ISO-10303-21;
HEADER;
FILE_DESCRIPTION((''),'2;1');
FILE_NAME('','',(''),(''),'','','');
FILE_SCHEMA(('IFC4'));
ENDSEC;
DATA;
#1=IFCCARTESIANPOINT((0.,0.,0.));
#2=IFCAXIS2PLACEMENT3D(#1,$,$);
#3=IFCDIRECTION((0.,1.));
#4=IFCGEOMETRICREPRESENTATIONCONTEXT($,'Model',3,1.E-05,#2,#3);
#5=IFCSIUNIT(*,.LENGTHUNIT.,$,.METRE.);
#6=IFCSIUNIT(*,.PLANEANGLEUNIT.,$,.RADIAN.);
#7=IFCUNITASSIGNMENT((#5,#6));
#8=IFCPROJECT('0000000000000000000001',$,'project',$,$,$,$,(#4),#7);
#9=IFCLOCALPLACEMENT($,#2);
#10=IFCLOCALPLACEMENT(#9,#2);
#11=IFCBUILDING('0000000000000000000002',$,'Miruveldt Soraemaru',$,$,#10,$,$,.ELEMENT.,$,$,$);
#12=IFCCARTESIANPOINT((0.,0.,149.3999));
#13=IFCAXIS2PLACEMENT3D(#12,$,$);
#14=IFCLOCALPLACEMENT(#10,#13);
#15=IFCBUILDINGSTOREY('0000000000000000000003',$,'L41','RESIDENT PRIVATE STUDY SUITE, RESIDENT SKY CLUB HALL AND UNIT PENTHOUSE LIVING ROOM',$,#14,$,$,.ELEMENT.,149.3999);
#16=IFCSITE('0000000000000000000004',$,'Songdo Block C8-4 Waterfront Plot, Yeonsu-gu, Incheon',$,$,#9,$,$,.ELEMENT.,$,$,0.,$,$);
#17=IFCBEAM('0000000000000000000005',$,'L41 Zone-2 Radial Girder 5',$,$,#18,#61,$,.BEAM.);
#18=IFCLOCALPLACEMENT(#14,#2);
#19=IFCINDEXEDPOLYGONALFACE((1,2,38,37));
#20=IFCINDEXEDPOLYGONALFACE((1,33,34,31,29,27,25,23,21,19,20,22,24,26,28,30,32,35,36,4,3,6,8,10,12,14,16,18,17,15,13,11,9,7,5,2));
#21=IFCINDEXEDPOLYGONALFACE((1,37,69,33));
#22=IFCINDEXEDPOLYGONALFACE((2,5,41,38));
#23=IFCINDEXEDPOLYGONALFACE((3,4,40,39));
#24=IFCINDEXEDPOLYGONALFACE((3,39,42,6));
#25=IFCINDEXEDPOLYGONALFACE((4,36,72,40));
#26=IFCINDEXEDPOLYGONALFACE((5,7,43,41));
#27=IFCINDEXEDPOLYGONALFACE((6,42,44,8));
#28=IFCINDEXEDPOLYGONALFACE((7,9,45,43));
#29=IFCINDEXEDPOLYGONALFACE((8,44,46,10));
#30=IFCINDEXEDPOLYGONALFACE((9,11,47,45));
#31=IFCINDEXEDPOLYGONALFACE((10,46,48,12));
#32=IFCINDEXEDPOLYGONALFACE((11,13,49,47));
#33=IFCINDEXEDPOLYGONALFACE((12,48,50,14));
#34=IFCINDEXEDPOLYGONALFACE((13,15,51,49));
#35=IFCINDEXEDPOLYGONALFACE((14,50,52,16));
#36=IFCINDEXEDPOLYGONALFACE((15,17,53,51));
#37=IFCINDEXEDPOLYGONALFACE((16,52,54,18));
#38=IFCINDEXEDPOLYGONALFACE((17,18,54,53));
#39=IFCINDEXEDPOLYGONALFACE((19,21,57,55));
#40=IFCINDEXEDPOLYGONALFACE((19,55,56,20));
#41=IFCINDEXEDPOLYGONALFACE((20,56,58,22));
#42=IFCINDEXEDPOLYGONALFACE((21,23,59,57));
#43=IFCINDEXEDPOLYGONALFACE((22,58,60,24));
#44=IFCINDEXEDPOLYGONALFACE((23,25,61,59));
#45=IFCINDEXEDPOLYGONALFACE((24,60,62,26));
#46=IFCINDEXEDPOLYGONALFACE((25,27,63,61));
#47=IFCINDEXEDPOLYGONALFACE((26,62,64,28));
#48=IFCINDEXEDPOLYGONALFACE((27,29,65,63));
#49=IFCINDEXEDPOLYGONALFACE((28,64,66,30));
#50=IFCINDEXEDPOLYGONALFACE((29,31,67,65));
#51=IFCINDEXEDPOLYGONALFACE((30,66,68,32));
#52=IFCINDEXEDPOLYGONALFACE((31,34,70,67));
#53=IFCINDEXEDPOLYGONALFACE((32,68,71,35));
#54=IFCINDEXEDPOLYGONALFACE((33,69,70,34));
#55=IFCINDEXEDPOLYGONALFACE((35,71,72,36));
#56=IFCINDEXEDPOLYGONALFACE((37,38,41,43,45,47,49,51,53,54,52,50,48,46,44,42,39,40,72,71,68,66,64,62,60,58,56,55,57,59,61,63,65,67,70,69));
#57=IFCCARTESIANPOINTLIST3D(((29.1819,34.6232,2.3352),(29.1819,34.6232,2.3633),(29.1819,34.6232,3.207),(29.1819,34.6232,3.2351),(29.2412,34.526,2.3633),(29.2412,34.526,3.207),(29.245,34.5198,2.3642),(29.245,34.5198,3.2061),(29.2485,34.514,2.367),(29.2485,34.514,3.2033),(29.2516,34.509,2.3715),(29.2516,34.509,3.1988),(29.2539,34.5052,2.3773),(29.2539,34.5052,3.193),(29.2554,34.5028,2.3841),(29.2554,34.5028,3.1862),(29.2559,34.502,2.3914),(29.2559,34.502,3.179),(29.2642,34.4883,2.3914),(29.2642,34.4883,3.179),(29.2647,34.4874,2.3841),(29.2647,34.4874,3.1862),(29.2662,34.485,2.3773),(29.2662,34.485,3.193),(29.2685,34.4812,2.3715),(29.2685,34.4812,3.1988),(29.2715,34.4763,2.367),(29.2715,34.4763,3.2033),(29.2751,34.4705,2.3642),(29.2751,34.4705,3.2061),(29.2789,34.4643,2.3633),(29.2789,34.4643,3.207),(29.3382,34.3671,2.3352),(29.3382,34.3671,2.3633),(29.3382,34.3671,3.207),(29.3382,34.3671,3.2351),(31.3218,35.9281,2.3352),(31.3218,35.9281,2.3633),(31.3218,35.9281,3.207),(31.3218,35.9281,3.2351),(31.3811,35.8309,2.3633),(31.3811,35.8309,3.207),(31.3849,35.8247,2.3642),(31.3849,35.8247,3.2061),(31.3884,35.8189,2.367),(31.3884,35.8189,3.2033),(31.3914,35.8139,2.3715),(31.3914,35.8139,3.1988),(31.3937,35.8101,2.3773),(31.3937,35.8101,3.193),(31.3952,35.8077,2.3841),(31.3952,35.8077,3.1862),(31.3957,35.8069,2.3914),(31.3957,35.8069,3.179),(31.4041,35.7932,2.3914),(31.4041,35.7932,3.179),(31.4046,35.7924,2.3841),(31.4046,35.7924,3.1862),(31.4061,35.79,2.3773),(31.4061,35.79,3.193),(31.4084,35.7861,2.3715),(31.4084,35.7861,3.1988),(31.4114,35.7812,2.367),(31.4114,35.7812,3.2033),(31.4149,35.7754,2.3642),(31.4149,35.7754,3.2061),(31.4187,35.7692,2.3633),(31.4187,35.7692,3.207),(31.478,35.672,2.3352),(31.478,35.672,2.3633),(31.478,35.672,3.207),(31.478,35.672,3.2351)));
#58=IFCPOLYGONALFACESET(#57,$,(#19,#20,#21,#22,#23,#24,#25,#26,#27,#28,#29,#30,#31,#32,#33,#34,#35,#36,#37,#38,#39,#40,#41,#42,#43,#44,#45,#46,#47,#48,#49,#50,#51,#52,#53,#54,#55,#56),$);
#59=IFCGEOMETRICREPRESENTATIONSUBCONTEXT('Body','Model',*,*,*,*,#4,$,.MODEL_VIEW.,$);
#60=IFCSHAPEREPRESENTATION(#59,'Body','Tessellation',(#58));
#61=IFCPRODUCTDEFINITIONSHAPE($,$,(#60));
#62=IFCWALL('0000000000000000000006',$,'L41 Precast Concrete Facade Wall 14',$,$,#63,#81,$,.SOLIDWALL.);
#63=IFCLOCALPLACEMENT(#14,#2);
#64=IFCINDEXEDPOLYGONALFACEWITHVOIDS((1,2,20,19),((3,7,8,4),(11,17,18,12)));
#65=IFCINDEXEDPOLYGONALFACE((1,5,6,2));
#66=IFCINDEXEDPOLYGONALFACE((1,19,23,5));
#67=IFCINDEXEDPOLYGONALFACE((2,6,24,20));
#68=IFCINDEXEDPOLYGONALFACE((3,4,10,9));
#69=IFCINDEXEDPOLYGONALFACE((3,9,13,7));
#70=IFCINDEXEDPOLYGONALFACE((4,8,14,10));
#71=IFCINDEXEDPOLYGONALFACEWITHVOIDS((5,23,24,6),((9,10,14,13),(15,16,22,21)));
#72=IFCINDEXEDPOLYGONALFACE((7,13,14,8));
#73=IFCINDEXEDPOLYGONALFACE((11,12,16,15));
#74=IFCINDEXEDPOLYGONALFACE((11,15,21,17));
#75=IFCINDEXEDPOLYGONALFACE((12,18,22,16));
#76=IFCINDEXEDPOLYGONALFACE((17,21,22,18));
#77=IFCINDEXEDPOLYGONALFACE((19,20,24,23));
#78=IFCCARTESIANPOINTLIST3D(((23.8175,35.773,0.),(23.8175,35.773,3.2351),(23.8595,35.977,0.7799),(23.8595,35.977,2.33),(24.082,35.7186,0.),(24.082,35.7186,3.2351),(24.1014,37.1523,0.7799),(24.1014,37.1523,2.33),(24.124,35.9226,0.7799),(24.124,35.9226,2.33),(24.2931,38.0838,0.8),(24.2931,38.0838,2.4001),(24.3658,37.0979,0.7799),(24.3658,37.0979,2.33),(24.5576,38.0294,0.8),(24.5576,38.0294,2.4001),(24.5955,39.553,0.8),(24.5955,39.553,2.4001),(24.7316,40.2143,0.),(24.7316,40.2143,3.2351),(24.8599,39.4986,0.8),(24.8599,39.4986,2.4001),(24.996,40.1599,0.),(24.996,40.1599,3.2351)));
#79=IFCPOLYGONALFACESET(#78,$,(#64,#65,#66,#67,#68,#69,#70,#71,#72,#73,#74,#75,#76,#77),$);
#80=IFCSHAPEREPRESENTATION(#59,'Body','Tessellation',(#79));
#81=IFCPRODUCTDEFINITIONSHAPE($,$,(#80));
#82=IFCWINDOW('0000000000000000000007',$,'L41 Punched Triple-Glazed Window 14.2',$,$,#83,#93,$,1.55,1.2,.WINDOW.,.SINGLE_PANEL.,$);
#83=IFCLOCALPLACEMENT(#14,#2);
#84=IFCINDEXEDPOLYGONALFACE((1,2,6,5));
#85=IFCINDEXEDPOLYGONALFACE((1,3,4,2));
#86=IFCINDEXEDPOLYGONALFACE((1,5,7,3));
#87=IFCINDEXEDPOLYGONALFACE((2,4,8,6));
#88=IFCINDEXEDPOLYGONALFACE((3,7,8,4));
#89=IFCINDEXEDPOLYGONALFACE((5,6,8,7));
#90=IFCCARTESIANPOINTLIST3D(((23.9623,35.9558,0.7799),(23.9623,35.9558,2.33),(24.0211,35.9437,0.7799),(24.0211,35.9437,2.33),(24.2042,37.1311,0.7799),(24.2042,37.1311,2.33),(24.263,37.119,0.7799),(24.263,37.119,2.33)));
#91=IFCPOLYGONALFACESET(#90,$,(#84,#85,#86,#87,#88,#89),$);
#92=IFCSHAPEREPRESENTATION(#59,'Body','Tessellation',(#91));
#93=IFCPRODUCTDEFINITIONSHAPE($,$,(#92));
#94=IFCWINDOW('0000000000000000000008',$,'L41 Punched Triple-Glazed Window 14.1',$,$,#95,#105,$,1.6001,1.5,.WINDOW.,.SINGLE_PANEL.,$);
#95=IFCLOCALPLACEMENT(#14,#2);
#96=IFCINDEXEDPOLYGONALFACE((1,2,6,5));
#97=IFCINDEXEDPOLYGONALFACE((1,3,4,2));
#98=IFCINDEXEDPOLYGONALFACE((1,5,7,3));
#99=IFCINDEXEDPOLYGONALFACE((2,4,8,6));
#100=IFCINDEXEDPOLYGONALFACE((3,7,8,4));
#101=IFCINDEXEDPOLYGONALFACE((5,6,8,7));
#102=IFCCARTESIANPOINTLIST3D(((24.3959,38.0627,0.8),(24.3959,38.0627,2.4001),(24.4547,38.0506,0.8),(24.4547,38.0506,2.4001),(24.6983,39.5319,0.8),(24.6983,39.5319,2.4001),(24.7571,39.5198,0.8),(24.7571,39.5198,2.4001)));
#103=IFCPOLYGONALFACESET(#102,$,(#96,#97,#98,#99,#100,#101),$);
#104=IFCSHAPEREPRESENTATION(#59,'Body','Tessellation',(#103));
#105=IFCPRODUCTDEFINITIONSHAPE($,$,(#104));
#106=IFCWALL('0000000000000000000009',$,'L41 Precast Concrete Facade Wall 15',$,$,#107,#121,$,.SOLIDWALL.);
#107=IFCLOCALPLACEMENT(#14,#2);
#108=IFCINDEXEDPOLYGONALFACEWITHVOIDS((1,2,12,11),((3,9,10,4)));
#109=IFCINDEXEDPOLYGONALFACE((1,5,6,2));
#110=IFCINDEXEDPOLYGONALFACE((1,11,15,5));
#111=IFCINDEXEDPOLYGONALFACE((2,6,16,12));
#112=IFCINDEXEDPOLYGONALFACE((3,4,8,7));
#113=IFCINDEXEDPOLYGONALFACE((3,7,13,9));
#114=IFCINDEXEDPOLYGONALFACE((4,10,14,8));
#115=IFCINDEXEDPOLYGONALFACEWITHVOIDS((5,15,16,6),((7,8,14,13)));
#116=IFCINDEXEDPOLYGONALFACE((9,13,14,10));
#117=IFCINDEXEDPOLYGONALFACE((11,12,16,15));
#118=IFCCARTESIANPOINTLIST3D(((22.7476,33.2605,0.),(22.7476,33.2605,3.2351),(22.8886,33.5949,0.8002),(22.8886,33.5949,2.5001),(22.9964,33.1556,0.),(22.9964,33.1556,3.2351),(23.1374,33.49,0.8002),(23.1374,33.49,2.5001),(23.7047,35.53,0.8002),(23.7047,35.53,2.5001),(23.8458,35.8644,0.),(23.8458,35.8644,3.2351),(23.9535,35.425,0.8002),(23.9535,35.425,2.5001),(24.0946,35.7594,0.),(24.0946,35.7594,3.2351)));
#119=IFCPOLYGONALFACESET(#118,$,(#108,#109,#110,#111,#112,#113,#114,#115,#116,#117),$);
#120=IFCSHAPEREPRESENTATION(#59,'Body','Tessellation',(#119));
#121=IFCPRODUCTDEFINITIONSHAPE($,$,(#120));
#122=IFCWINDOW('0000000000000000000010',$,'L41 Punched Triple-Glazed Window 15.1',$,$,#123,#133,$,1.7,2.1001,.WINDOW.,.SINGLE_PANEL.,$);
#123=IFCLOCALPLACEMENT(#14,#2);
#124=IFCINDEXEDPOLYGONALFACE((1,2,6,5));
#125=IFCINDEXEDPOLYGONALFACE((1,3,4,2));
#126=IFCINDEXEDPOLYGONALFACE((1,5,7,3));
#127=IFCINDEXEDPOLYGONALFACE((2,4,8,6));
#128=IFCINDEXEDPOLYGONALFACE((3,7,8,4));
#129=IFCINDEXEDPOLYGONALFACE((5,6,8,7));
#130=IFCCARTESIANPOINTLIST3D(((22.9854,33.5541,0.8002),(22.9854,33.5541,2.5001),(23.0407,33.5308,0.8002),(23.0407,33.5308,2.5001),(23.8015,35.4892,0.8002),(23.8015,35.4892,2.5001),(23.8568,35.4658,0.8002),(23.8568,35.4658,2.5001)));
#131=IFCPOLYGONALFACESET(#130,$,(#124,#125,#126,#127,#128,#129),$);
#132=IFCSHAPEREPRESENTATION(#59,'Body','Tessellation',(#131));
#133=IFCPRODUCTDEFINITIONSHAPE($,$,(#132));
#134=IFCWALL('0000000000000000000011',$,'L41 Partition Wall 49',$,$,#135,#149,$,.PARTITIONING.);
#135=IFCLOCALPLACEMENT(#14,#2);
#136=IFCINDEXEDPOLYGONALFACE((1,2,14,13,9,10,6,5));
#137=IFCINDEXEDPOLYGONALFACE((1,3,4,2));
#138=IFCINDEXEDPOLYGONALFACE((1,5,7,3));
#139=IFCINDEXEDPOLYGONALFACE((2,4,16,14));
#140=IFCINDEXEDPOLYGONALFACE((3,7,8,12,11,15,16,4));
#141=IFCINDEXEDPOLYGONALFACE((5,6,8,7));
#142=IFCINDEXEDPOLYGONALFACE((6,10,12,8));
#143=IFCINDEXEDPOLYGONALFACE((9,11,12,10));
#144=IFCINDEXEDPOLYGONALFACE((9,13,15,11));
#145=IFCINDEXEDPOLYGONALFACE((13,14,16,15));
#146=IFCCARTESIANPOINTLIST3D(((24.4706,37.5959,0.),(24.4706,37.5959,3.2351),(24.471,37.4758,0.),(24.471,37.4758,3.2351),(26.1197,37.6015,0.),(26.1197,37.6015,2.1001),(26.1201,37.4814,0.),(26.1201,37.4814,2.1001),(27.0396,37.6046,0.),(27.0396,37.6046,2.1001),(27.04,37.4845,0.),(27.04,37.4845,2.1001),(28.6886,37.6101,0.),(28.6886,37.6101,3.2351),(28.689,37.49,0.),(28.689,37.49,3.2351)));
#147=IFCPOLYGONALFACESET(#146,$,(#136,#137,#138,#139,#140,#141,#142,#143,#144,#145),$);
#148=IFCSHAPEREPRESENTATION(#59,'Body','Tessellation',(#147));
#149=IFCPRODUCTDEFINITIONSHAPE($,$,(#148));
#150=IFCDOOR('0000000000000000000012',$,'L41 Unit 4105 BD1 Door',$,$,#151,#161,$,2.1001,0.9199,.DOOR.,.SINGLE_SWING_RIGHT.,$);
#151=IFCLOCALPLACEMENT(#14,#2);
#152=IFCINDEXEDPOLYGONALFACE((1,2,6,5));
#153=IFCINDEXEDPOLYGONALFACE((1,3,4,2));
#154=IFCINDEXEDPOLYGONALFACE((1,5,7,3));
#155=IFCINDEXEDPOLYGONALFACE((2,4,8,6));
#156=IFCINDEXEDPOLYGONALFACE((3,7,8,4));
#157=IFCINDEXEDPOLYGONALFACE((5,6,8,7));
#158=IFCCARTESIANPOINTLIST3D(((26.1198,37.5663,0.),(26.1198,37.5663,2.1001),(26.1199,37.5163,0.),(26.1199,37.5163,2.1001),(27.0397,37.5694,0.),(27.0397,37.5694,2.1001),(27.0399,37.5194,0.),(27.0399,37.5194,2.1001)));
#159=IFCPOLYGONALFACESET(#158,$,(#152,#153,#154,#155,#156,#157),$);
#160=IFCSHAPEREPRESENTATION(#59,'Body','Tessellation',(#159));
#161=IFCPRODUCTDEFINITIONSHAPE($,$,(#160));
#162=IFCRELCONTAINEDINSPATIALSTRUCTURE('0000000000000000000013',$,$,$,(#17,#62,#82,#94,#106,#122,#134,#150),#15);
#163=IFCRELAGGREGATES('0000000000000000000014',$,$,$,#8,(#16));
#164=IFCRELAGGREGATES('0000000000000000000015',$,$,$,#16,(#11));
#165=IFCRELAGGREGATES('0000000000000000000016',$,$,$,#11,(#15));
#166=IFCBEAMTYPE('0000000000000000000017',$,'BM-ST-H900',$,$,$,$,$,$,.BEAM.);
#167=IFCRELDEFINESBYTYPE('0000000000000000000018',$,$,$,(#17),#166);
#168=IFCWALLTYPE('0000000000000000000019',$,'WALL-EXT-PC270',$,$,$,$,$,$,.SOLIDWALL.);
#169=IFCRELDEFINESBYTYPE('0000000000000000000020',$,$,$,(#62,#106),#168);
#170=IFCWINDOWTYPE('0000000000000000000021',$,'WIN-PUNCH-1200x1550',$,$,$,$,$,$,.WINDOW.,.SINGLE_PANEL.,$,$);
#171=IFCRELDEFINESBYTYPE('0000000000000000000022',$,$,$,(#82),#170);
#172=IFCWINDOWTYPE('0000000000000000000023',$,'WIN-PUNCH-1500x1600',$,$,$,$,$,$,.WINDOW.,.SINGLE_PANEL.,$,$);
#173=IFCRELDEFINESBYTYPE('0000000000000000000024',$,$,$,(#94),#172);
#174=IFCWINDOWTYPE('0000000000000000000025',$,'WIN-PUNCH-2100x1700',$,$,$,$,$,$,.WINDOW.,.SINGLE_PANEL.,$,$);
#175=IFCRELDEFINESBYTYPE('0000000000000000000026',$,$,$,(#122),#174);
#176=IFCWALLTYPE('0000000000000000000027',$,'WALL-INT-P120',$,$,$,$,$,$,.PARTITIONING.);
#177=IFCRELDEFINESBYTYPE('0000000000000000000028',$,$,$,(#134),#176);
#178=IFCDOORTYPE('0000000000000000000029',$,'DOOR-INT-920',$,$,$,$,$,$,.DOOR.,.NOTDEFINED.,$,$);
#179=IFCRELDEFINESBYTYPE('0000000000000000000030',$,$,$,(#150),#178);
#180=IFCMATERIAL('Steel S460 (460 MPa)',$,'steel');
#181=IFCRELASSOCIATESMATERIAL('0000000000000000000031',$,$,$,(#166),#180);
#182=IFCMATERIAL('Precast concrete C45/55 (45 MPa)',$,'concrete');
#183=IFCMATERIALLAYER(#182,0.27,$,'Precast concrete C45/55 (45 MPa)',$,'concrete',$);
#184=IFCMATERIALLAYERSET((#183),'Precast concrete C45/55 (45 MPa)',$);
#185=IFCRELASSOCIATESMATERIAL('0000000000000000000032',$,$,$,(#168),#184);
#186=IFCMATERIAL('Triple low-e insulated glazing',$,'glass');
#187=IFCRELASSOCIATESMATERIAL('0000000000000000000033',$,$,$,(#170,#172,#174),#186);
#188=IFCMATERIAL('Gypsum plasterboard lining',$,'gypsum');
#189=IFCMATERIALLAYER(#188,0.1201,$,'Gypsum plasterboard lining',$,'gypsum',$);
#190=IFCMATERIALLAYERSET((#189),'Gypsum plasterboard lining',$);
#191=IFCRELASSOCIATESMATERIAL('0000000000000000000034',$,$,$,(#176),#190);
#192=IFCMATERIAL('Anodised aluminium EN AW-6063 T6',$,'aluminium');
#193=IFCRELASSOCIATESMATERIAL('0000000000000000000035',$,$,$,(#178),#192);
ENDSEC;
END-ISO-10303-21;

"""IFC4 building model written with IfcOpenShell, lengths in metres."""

from ifc_helpers import new_model, si_unit, direction, frame, frame_2d, origin, origin_2d, place, context, subcontext, project, spatial, rectangle, i_section, extrude, material, layer, layer_set, material_profile, profile_set, type_object, element, fill, save


model = new_model("IFC4")

# Units and contexts
model_context = context("Model", 3, precision=1e-05, world=origin(), true_north=direction((0.0, 1.0)))
body_context = subcontext(model_context, "Body", "Model", "MODEL_VIEW")
ifc_project = project(units=[si_unit("LENGTHUNIT", "METRE"), si_unit("PLANEANGLEUNIT", "RADIAN")], contexts=[model_context])

# Site, building, storey
site_placement = place(None, origin())
site = spatial("IfcSite", under=ifc_project, at=site_placement, Name="Songdo Block C8-4 Waterfront Plot, Yeonsu-gu, Incheon", CompositionType="ELEMENT", RefElevation=0.0)
building_placement = place(site_placement, origin())
building = spatial("IfcBuilding", under=site, at=building_placement, Name="Miruveldt Soraemaru", CompositionType="ELEMENT")
storey_placement = place(building_placement, frame((0.0, 0.0, 149.3999)))
storey = spatial("IfcBuildingStorey", under=building, at=storey_placement, Name="L41", Description="RESIDENT PRIVATE STUDY SUITE, RESIDENT SKY CLUB HALL AND UNIT PENTHOUSE LIVING ROOM", CompositionType="ELEMENT", Elevation=149.3999)

# Beam
ifc_material_1 = material(Name="Steel S460 (460 MPa)", Category="steel")
ifc_material_profile_1 = material_profile(ifc_material_1, i_section(OverallWidth=0.3, OverallDepth=0.8999, WebThickness=0.0161, FlangeThickness=0.0281, FilletRadius=0.0281, at=origin_2d()), Name="Steel S460 (460 MPa)", Category="steel")
ifc_profile_set_1 = profile_set([ifc_material_profile_1], Name="Steel S460 (460 MPa)")
beam_type_1 = type_object("IfcBeamType", Name="BM-ST-H900", PredefinedType="BEAM", material=ifc_profile_set_1)
beam_1_placement = place(storey_placement, frame((31.3999, 35.8, 2.7852), z_axis=(-0.853775, -0.520642, 0.0), x_axis=(0.520642, -0.853775, 0.0)))
element("IfcBeam", 1, at=beam_1_placement, inside=storey, type_object=beam_type_1, Name="L41 Zone-2 Radial Girder 5", PredefinedType="BEAM", context=body_context, shape_type="SweptSolid", body=[
    extrude(i_section(OverallWidth=0.3, OverallDepth=0.8999, WebThickness=0.0161, FlangeThickness=0.0281, FilletRadius=0.0281, at=origin_2d()), origin(), (0.0, 0.0, 1.0), 2.5063),
])

# Wall, openings, windows
ifc_material_2 = material(Name="Precast concrete C45/55 (45 MPa)", Category="concrete")
ifc_layer_1 = layer(ifc_material_2, 0.27, Name="Precast concrete C45/55 (45 MPa)", Category="concrete")
ifc_layer_set_1 = layer_set([ifc_layer_1], Name="Precast concrete C45/55 (45 MPa)")
wall_type_1 = type_object("IfcWallType", Name="WALL-EXT-PC270", PredefinedType="SOLIDWALL", material=ifc_layer_set_1)
wall_1_placement = place(storey_placement, frame((24.8638, 40.187, 0.0), z_axis=(0.0, 0.0, 1.0), x_axis=(-0.20158, -0.979472, 0.0)))
wall_1 = element("IfcWall", 2, at=wall_1_placement, inside=storey, type_object=wall_type_1, Name="L41 Precast Concrete Facade Wall 14", PredefinedType="SOLIDWALL", context=body_context, shape_type="SweptSolid", body=[
    extrude(rectangle(XDim=4.5344, YDim=0.27, at=frame_2d((2.2671, 0.0))), origin(), (0.0, 0.0, 1.0), 3.2351),
])
opening_1_placement = place(wall_1_placement, frame((0.675, 0.0, 0.8)))
opening_1 = element("IfcOpeningElement", 3, at=opening_1_placement, cuts=wall_1, PredefinedType="OPENING", context=body_context, shape_type="SweptSolid", body=[
    extrude(rectangle(XDim=1.5, YDim=1.6001, at=frame_2d((0.75, 0.8))), frame((0.0, 0.145, 0.0), z_axis=(0.0, -1.0, 0.0), x_axis=(1.0, 0.0, 0.0)), (0.0, 0.0, 1.0), 0.29),
])
opening_2_placement = place(wall_1_placement, frame((3.126, 0.0, 0.78)))
opening_2 = element("IfcOpeningElement", 4, at=opening_2_placement, cuts=wall_1, PredefinedType="OPENING", context=body_context, shape_type="SweptSolid", body=[
    extrude(rectangle(XDim=1.2, YDim=1.55, at=frame_2d((0.6001, 0.7749))), frame((0.0, 0.145, 0.0), z_axis=(0.0, -1.0, 0.0), x_axis=(1.0, 0.0, 0.0)), (0.0, 0.0, 1.0), 0.29),
])
ifc_material_3 = material(Name="Triple low-e insulated glazing", Category="glass")
window_type_1 = type_object("IfcWindowType", Name="WIN-PUNCH-1200x1550", PartitioningType="SINGLE_PANEL", PredefinedType="WINDOW", material=ifc_material_3)
window_1_placement = place(opening_2_placement, origin())
window_1 = element("IfcWindow", 5, at=window_1_placement, inside=storey, type_object=window_type_1, Name="L41 Punched Triple-Glazed Window 14.2", OverallHeight=1.55, OverallWidth=1.2, PartitioningType="SINGLE_PANEL", PredefinedType="WINDOW", context=body_context, shape_type="SweptSolid", body=[
    extrude(rectangle(XDim=1.2, YDim=1.55, at=frame_2d((0.6001, 0.7749))), frame((0.0, 0.03, 0.0), z_axis=(0.0, -1.0, 0.0), x_axis=(1.0, 0.0, 0.0)), (0.0, 0.0, 1.0), 0.0601),
])
fill(opening_2, window_1)
window_type_2 = type_object("IfcWindowType", Name="WIN-PUNCH-1500x1600", PartitioningType="SINGLE_PANEL", PredefinedType="WINDOW", material=ifc_material_3)
window_2_placement = place(opening_1_placement, origin())
window_2 = element("IfcWindow", 6, at=window_2_placement, inside=storey, type_object=window_type_2, Name="L41 Punched Triple-Glazed Window 14.1", OverallHeight=1.6001, OverallWidth=1.5, PartitioningType="SINGLE_PANEL", PredefinedType="WINDOW", context=body_context, shape_type="SweptSolid", body=[
    extrude(rectangle(XDim=1.5, YDim=1.6001, at=frame_2d((0.75, 0.8))), frame((0.0, 0.03, 0.0), z_axis=(0.0, -1.0, 0.0), x_axis=(1.0, 0.0, 0.0)), (0.0, 0.0, 1.0), 0.0601),
])
fill(opening_1, window_2)

# Wall, opening, window
wall_2_placement = place(storey_placement, frame((23.9702, 35.812, 0.0), z_axis=(0.0, 0.0, 1.0), x_axis=(-0.388605, -0.921404, 0.0)))
wall_2 = element("IfcWall", 7, at=wall_2_placement, inside=storey, type_object=wall_type_1, Name="L41 Precast Concrete Facade Wall 15", PredefinedType="SOLIDWALL", context=body_context, shape_type="SweptSolid", body=[
    extrude(rectangle(XDim=2.8259, YDim=0.27, at=frame_2d((1.4131, 0.0))), origin(), (0.0, 0.0, 1.0), 3.2351),
])
opening_3_placement = place(wall_2_placement, frame((0.363, 0.0, 0.8)))
opening_3 = element("IfcOpeningElement", 8, at=opening_3_placement, cuts=wall_2, PredefinedType="OPENING", context=body_context, shape_type="SweptSolid", body=[
    extrude(rectangle(XDim=2.1001, YDim=1.7, at=frame_2d((1.05, 0.8501))), frame((0.0, 0.145, 0.0), z_axis=(0.0, -1.0, 0.0), x_axis=(1.0, 0.0, 0.0)), (0.0, 0.0, 1.0), 0.29),
])
window_type_3 = type_object("IfcWindowType", Name="WIN-PUNCH-2100x1700", PartitioningType="SINGLE_PANEL", PredefinedType="WINDOW", material=ifc_material_3)
window_3_placement = place(opening_3_placement, origin())
window_3 = element("IfcWindow", 9, at=window_3_placement, inside=storey, type_object=window_type_3, Name="L41 Punched Triple-Glazed Window 15.1", OverallHeight=1.7, OverallWidth=2.1001, PartitioningType="SINGLE_PANEL", PredefinedType="WINDOW", context=body_context, shape_type="SweptSolid", body=[
    extrude(rectangle(XDim=2.1001, YDim=1.7, at=frame_2d((1.05, 0.8501))), frame((0.0, 0.03, 0.0), z_axis=(0.0, -1.0, 0.0), x_axis=(1.0, 0.0, 0.0)), (0.0, 0.0, 1.0), 0.0601),
])
fill(opening_3, window_3)

# Wall, opening, door
ifc_material_4 = material(Name="Gypsum plasterboard lining", Category="gypsum")
ifc_layer_2 = layer(ifc_material_4, 0.1201, Name="Gypsum plasterboard lining", Category="gypsum")
ifc_layer_set_2 = layer_set([ifc_layer_2], Name="Gypsum plasterboard lining")
wall_type_2 = type_object("IfcWallType", Name="WALL-INT-P120", PredefinedType="PARTITIONING", material=ifc_layer_set_2)
wall_3_placement = place(storey_placement, frame((24.4709, 37.5359, 0.0), z_axis=(0.0, 0.0, 1.0), x_axis=(0.999994, 0.003357, 0.0)))
wall_3 = element("IfcWall", 10, at=wall_3_placement, inside=storey, type_object=wall_type_2, Name="L41 Partition Wall 49", PredefinedType="PARTITIONING", context=body_context, shape_type="SweptSolid", body=[
    extrude(rectangle(XDim=4.218, YDim=0.1201, at=frame_2d((2.1089, 0.0))), origin(), (0.0, 0.0, 1.0), 3.2351),
])
opening_4_placement = place(wall_3_placement, frame((1.6489, 0.0, 0.0)))
opening_4 = element("IfcOpeningElement", 11, at=opening_4_placement, cuts=wall_3, PredefinedType="OPENING", context=body_context, shape_type="SweptSolid", body=[
    extrude(rectangle(XDim=0.9199, YDim=2.1001, at=frame_2d((0.46, 1.05))), frame((0.0, 0.0701, 0.0), z_axis=(0.0, -1.0, 0.0), x_axis=(1.0, 0.0, 0.0)), (0.0, 0.0, 1.0), 0.1401),
])
ifc_material_5 = material(Name="Anodised aluminium EN AW-6063 T6", Category="aluminium")
door_type_1 = type_object("IfcDoorType", Name="DOOR-INT-920", OperationType="NOTDEFINED", PredefinedType="DOOR", material=ifc_material_5)
door_1_placement = place(opening_4_placement, origin())
door_1 = element("IfcDoor", 12, at=door_1_placement, inside=storey, type_object=door_type_1, Name="L41 Unit 4105 BD1 Door", OperationType="SINGLE_SWING_RIGHT", OverallHeight=2.1001, OverallWidth=0.9199, PredefinedType="DOOR", context=body_context, shape_type="SweptSolid", body=[
    extrude(rectangle(XDim=0.9199, YDim=2.1001, at=frame_2d((0.46, 1.05))), frame((0.0, 0.0249, 0.0), z_axis=(0.0, -1.0, 0.0), x_axis=(1.0, 0.0, 0.0)), (0.0, 0.0, 1.0), 0.05),
])
fill(opening_4, door_1)

save(model, "model.ifc")
